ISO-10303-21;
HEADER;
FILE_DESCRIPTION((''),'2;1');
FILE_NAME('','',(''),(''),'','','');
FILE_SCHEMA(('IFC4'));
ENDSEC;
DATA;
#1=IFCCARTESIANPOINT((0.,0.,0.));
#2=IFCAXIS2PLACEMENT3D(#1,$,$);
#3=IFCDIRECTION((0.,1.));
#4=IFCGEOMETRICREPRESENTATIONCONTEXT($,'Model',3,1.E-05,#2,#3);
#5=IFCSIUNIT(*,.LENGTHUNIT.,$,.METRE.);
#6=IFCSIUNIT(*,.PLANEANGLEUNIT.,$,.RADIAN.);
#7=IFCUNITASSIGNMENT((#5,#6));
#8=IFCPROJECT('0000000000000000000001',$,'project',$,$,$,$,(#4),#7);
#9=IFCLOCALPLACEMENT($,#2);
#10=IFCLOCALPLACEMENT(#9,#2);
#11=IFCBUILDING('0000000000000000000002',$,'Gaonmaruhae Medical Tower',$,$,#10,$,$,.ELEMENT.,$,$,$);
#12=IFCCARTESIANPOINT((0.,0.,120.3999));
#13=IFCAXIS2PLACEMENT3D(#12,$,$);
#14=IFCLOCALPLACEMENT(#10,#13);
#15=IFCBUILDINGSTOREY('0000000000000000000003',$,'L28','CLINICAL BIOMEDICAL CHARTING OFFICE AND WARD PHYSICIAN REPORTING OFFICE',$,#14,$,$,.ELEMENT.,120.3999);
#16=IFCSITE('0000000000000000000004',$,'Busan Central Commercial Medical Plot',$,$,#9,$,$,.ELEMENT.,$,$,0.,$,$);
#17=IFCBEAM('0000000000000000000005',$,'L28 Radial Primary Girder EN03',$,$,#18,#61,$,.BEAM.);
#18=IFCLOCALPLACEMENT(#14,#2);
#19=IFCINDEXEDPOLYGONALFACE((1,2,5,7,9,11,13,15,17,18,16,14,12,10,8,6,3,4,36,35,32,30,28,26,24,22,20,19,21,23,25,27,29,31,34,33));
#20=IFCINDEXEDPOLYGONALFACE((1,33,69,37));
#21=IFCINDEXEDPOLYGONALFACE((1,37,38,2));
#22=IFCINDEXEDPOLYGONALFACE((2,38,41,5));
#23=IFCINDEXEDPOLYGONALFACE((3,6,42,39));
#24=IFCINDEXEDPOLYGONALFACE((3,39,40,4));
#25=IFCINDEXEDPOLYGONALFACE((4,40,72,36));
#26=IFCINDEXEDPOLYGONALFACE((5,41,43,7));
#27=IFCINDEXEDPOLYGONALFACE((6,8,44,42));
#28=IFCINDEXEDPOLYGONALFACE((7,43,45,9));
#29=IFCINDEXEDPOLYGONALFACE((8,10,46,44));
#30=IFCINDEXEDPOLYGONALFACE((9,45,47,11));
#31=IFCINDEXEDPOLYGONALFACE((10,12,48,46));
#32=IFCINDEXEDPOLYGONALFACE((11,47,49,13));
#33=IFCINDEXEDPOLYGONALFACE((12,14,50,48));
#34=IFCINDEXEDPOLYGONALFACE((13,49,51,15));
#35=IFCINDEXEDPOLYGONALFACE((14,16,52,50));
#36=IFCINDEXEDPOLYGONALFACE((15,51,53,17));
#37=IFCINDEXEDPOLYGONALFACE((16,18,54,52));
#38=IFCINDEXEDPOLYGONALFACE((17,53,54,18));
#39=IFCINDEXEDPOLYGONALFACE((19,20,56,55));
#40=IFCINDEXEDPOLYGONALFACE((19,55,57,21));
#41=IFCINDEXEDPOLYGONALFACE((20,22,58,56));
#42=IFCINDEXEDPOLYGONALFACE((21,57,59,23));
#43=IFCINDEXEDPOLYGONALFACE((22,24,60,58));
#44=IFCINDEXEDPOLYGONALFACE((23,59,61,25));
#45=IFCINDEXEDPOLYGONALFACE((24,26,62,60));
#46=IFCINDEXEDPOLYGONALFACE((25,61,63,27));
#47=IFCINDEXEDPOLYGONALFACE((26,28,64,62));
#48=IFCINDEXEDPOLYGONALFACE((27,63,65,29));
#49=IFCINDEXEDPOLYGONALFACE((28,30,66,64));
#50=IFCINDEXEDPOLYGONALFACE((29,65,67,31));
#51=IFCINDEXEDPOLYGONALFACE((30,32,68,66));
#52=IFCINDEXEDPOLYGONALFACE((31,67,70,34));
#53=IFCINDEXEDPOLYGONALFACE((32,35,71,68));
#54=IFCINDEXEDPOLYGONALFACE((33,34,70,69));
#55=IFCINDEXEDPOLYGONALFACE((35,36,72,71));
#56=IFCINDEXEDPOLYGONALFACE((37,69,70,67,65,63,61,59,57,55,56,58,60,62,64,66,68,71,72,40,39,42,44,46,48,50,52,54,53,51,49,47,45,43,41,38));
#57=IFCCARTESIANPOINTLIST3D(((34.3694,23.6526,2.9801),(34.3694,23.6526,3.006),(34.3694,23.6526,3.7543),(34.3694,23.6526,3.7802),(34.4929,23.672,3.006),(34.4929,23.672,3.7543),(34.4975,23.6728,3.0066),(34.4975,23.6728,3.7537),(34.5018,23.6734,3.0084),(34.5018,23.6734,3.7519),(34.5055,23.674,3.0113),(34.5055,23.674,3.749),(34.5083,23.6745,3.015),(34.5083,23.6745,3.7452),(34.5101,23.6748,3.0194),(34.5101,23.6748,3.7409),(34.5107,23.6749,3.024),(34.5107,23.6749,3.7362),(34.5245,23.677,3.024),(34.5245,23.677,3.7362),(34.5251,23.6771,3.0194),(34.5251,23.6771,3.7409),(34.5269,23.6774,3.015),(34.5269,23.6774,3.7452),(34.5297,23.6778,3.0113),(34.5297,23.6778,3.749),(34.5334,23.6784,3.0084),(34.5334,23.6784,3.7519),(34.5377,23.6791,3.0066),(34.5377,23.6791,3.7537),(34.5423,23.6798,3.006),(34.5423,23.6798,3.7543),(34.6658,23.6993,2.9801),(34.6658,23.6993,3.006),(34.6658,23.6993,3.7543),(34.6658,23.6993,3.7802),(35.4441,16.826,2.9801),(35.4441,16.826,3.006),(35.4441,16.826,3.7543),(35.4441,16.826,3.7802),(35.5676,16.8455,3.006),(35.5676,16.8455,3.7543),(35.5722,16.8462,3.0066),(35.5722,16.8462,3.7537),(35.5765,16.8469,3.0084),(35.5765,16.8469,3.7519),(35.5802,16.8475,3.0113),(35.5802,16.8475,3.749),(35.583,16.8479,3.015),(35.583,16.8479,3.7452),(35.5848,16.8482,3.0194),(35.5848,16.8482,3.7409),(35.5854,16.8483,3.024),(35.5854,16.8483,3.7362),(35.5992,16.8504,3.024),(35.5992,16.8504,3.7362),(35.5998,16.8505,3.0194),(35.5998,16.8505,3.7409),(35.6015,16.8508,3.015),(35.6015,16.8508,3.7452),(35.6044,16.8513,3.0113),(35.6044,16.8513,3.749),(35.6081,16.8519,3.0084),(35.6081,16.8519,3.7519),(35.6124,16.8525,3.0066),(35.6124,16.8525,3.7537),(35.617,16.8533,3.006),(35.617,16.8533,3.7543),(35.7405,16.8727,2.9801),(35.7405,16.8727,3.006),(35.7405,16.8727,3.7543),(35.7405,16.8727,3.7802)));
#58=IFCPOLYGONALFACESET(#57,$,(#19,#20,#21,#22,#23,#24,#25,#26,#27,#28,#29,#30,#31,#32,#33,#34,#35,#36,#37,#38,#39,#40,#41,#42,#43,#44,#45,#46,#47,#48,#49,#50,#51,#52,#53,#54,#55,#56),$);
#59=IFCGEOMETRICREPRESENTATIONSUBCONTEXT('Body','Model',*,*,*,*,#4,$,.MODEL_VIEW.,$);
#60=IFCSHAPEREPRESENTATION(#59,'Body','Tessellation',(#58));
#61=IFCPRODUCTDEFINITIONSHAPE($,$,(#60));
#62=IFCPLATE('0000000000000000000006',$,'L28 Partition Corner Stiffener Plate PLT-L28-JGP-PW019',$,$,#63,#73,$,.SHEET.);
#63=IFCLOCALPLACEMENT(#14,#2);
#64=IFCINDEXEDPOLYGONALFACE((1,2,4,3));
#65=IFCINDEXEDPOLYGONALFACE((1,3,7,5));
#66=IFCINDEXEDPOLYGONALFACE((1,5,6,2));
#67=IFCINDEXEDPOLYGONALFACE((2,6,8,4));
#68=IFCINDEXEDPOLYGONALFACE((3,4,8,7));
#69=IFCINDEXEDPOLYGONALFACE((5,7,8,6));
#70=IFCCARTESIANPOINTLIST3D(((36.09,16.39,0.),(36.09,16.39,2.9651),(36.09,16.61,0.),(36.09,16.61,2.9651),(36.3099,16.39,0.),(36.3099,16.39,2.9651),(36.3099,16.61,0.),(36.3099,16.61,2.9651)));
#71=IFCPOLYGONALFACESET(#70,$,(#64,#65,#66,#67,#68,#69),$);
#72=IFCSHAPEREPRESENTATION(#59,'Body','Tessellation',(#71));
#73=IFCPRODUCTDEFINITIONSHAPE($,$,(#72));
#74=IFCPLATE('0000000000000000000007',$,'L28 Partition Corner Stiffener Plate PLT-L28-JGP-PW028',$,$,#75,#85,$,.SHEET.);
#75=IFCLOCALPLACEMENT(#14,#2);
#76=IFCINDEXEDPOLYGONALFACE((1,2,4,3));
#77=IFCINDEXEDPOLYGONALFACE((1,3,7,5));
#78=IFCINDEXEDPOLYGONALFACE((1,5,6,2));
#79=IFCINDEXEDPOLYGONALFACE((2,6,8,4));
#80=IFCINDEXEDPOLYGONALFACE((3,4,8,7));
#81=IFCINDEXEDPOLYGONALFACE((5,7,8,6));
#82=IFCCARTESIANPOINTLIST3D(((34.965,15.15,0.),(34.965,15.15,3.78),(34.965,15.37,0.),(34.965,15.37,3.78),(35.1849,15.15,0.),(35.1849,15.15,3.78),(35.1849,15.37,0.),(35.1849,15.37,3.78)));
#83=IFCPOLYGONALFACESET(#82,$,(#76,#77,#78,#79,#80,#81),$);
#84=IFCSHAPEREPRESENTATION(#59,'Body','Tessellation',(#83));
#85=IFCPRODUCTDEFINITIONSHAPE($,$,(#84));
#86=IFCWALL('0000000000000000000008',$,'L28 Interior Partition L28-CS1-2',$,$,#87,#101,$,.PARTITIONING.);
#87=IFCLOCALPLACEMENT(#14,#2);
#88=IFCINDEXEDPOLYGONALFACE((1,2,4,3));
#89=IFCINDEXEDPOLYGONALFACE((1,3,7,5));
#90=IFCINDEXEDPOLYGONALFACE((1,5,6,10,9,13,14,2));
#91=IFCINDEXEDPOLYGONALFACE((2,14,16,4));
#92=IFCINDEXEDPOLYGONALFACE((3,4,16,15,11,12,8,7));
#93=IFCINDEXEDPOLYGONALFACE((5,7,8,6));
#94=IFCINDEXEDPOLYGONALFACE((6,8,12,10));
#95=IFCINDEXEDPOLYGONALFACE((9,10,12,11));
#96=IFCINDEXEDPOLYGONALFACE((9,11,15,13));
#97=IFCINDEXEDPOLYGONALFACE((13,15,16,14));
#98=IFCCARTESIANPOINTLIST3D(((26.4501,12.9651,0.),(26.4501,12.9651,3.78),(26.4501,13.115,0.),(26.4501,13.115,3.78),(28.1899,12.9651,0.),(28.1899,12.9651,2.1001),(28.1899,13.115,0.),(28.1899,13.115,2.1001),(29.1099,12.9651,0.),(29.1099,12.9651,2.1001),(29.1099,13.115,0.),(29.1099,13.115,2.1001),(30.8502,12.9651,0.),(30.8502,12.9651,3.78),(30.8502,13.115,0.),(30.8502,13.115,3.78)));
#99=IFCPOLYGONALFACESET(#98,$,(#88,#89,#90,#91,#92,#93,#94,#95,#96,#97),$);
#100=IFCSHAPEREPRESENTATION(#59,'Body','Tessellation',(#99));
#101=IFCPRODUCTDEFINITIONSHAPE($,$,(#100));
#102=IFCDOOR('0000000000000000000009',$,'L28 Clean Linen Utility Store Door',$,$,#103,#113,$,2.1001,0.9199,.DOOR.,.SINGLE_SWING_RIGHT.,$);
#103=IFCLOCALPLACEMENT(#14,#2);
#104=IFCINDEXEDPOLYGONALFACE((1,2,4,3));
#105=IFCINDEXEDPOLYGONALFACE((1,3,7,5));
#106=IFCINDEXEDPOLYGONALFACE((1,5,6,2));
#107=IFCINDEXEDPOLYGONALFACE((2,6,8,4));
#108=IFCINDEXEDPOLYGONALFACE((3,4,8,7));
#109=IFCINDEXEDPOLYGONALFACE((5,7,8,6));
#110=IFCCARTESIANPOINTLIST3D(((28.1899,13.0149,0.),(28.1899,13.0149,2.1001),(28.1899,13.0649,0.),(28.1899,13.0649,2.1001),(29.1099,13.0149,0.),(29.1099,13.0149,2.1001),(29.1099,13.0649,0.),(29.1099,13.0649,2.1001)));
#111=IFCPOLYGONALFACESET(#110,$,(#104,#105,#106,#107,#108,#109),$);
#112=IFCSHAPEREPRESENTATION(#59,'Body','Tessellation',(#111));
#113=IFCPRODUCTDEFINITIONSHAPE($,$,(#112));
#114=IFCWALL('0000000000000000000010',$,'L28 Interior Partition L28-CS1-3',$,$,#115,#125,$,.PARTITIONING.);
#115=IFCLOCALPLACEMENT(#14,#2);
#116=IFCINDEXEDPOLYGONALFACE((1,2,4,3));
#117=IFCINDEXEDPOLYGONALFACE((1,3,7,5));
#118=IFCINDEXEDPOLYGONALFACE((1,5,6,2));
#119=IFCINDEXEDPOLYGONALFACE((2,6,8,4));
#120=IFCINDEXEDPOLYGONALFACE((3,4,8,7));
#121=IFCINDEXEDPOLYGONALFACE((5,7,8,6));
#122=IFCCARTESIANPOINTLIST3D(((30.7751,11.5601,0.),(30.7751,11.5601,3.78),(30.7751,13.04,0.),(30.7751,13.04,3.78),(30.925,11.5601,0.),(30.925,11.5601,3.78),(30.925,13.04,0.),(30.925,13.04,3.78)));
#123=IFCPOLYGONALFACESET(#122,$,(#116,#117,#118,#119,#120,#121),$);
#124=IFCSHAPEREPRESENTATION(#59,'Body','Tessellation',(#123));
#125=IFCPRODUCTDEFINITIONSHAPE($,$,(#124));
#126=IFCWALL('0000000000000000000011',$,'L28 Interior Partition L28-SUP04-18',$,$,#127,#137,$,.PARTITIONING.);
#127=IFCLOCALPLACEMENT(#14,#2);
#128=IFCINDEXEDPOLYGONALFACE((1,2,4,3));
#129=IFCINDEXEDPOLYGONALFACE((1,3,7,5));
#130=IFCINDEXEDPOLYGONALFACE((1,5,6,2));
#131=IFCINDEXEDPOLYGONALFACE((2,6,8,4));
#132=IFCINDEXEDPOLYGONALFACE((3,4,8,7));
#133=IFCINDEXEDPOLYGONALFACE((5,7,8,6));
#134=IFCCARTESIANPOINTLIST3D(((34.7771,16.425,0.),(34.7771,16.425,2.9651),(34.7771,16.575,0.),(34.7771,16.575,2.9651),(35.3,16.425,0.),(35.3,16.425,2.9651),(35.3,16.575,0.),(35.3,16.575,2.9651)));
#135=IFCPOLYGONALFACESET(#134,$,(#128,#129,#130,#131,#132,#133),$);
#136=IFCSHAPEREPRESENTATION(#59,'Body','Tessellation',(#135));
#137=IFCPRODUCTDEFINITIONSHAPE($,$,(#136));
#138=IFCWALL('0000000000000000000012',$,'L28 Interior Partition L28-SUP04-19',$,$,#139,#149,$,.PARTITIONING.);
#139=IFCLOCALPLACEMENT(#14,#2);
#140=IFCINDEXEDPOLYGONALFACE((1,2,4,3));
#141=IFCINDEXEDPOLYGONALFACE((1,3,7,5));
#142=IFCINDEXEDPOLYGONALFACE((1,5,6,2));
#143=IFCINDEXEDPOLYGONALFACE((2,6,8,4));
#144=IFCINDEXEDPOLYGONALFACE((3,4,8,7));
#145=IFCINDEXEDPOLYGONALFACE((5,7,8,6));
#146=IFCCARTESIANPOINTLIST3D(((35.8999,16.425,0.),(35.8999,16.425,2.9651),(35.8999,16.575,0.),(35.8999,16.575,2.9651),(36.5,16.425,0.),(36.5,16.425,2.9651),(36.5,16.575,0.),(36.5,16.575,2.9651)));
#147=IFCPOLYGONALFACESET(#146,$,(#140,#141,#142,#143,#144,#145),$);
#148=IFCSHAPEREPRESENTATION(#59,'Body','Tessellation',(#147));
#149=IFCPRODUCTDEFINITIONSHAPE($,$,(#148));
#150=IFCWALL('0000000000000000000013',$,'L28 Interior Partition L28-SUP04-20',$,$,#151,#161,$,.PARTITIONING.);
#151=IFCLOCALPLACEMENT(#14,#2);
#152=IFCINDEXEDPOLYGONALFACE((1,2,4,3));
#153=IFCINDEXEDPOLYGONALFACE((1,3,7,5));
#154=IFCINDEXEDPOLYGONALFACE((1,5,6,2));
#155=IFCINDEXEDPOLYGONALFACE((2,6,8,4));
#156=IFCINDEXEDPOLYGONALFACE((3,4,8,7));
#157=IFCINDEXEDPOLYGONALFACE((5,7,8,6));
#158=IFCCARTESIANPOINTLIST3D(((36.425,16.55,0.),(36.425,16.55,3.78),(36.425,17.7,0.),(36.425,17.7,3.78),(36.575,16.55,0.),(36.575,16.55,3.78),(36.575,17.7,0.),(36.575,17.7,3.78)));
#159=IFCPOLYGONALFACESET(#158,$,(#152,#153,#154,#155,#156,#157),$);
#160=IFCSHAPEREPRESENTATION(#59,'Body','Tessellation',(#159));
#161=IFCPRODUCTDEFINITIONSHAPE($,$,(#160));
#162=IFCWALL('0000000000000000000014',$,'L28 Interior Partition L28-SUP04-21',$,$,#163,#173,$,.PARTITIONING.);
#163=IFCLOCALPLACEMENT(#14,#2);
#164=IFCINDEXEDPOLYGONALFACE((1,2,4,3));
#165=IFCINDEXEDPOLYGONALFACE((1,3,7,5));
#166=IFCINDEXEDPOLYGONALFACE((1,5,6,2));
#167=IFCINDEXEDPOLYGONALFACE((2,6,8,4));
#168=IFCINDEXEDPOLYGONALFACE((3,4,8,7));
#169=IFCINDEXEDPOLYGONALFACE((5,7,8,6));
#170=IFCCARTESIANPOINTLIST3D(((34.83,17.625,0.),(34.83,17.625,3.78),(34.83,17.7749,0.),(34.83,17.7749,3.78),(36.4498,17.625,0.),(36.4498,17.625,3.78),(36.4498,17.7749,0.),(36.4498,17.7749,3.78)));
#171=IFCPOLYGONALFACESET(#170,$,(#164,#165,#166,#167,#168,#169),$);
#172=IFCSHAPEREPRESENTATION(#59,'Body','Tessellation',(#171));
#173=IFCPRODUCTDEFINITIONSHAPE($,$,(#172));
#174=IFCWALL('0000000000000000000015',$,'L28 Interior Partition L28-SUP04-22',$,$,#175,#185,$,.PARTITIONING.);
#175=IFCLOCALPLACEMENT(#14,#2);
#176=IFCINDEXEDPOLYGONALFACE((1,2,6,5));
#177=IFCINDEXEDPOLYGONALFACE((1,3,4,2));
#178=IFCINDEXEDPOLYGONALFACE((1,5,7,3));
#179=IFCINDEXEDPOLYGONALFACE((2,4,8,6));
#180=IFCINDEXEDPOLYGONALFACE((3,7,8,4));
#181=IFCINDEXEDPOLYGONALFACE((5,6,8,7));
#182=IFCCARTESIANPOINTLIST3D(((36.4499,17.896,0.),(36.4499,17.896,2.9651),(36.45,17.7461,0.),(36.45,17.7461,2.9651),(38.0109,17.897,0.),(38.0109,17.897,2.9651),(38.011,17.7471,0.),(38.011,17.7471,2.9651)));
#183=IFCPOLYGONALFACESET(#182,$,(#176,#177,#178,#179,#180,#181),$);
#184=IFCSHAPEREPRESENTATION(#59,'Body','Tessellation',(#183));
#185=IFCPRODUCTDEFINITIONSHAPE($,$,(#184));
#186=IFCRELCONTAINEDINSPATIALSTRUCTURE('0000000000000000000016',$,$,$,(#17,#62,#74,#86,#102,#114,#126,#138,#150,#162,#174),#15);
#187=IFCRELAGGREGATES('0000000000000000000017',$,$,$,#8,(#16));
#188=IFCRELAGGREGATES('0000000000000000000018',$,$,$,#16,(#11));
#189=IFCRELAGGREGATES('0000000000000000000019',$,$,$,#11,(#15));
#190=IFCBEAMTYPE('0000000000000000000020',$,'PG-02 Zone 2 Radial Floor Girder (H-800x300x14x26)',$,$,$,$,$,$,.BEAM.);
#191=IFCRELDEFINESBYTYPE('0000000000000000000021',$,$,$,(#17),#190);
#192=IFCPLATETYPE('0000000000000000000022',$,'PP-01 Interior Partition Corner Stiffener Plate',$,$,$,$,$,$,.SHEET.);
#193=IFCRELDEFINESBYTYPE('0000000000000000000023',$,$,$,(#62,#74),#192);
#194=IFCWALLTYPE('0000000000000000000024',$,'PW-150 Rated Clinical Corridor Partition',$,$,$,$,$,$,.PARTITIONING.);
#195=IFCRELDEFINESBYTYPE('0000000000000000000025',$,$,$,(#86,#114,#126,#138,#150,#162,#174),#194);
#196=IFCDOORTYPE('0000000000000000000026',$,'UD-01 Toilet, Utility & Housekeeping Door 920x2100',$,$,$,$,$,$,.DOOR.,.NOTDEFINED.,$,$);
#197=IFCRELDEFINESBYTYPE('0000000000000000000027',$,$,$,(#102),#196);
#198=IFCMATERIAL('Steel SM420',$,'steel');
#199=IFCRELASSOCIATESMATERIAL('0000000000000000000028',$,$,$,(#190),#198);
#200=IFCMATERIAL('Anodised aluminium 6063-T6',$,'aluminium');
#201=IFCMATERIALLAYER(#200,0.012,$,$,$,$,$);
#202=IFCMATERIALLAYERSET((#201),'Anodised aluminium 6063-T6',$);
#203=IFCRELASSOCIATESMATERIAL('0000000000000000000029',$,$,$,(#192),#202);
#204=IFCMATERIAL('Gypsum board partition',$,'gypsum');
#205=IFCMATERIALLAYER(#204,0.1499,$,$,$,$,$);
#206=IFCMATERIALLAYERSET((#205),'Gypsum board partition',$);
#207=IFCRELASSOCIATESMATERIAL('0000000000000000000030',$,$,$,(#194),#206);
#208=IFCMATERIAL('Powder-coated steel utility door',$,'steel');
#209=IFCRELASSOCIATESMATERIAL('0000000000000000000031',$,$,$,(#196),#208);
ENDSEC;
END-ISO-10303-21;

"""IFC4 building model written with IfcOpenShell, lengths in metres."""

from ifc_helpers import new_model, si_unit, direction, frame, frame_2d, origin, origin_2d, place, context, subcontext, project, spatial, rectangle, i_section, extrude, material, layer, layer_set, material_profile, profile_set, type_object, element, fill, save


model = new_model("IFC4")

# Units and contexts
model_context = context("Model", 3, precision=1e-05, world=origin(), true_north=direction((0.0, 1.0)))
body_context = subcontext(model_context, "Body", "Model", "MODEL_VIEW")
ifc_project = project(units=[si_unit("LENGTHUNIT", "METRE"), si_unit("PLANEANGLEUNIT", "RADIAN")], contexts=[model_context])

# Site, building, storey
site_placement = place(None, origin())
site = spatial("IfcSite", under=ifc_project, at=site_placement, Name="Busan Central Commercial Medical Plot", CompositionType="ELEMENT", RefElevation=0.0)
building_placement = place(site_placement, origin())
building = spatial("IfcBuilding", under=site, at=building_placement, Name="Gaonmaruhae Medical Tower", CompositionType="ELEMENT")
storey_placement = place(building_placement, frame((0.0, 0.0, 120.3999)))
storey = spatial("IfcBuildingStorey", under=building, at=storey_placement, Name="L28", Description="CLINICAL BIOMEDICAL CHARTING OFFICE AND WARD PHYSICIAN REPORTING OFFICE", CompositionType="ELEMENT", Elevation=120.3999)

# Beam
ifc_material_1 = material(Name="Steel SM420", Category="steel")
ifc_material_profile_1 = material_profile(ifc_material_1, i_section(OverallWidth=0.3, OverallDepth=0.8, WebThickness=0.0139, FlangeThickness=0.0259, FilletRadius=0.0181, at=origin_2d()), Name="H-800x300x14x26")
ifc_profile_set_1 = profile_set([ifc_material_profile_1], Name="Steel SM420")
beam_type = type_object("IfcBeamType", Name="PG-02 Zone 2 Radial Floor Girder (H-800x300x14x26)", PredefinedType="BEAM", material=ifc_profile_set_1)
beam_1_placement = place(storey_placement, frame((35.5923, 16.8494, 3.3801), z_axis=(-0.155513, 0.987834, 0.0), x_axis=(-0.987834, -0.155513, 0.0)))
element("IfcBeam", 1, at=beam_1_placement, inside=storey, type_object=beam_type, Name="L28 Radial Primary Girder EN03", PredefinedType="BEAM", context=body_context, shape_type="SweptSolid", body=[
    extrude(i_section(OverallWidth=0.3, OverallDepth=0.8, WebThickness=0.0139, FlangeThickness=0.0259, FilletRadius=0.0181, at=origin_2d()), origin(), (0.0, 0.0, 1.0), 6.9106),
])

# Plates
ifc_material_2 = material(Name="Anodised aluminium 6063-T6", Category="aluminium")
ifc_layer_1 = layer(ifc_material_2, 0.012)
ifc_layer_set_1 = layer_set([ifc_layer_1], Name="Anodised aluminium 6063-T6")
plate_type = type_object("IfcPlateType", Name="PP-01 Interior Partition Corner Stiffener Plate", PredefinedType="SHEET", material=ifc_layer_set_1)
plate_1_placement = place(storey_placement, frame((36.2, 16.5, 0.0), z_axis=(0.0, 0.0, 1.0), x_axis=(1.0, 0.0, 0.0)))
element("IfcPlate", 2, at=plate_1_placement, inside=storey, type_object=plate_type, Name="L28 Partition Corner Stiffener Plate PLT-L28-JGP-PW019", PredefinedType="SHEET", context=body_context, shape_type="SweptSolid", body=[
    extrude(rectangle(XDim=0.22, YDim=0.22, at=origin_2d()), origin(), (0.0, 0.0, 1.0), 2.9651),
])
plate_2_placement = place(storey_placement, frame((35.075, 15.26, 0.0), z_axis=(0.0, 0.0, 1.0), x_axis=(-1.0, 0.0, 0.0)))
element("IfcPlate", 3, at=plate_2_placement, inside=storey, type_object=plate_type, Name="L28 Partition Corner Stiffener Plate PLT-L28-JGP-PW028", PredefinedType="SHEET", context=body_context, shape_type="SweptSolid", body=[
    extrude(rectangle(XDim=0.22, YDim=0.22, at=origin_2d()), origin(), (0.0, 0.0, 1.0), 3.78),
])

# Wall, opening, door
ifc_material_3 = material(Name="Gypsum board partition", Category="gypsum")
ifc_layer_2 = layer(ifc_material_3, 0.1499)
ifc_layer_set_2 = layer_set([ifc_layer_2], Name="Gypsum board partition")
wall_type_1 = type_object("IfcWallType", Name="PW-150 Rated Clinical Corridor Partition", PredefinedType="PARTITIONING", material=ifc_layer_set_2)
wall_1_placement = place(storey_placement, frame((26.45, 13.04, 0.0), z_axis=(0.0, 0.0, 1.0), x_axis=(1.0, 0.0, 0.0)))
wall_1 = element("IfcWall", 4, at=wall_1_placement, inside=storey, type_object=wall_type_1, Name="L28 Interior Partition L28-CS1-2", PredefinedType="PARTITIONING", context=body_context, shape_type="SweptSolid", body=[
    extrude(rectangle(XDim=4.4001, YDim=0.1499, at=frame_2d((2.2002, 0.0))), origin(), (0.0, 0.0, 1.0), 3.78),
])
opening_1_placement = place(wall_1_placement, frame((1.74, 0.0, 0.0)))
opening_1 = element("IfcOpeningElement", 5, at=opening_1_placement, cuts=wall_1, PredefinedType="OPENING", context=body_context, shape_type="SweptSolid", body=[
    extrude(rectangle(XDim=0.9199, YDim=2.1001, at=frame_2d((0.46, 1.05))), frame((0.0, 0.085, 0.0), z_axis=(0.0, -1.0, 0.0), x_axis=(1.0, 0.0, 0.0)), (0.0, 0.0, 1.0), 0.1699),
])
ifc_material_4 = material(Name="Powder-coated steel utility door", Category="steel")
door_type_1 = type_object("IfcDoorType", Name="UD-01 Toilet, Utility & Housekeeping Door 920x2100", OperationType="NOTDEFINED", PredefinedType="DOOR", material=ifc_material_4)
door_1_placement = place(opening_1_placement, origin())
door_1 = element("IfcDoor", 6, at=door_1_placement, inside=storey, type_object=door_type_1, Name="L28 Clean Linen Utility Store Door", OperationType="SINGLE_SWING_RIGHT", OverallHeight=2.1001, OverallWidth=0.9199, PredefinedType="DOOR", context=body_context, shape_type="SweptSolid", body=[
    extrude(rectangle(XDim=0.9199, YDim=2.1001, at=frame_2d((0.46, 1.05))), frame((0.0, 0.0249, 0.0), z_axis=(0.0, -1.0, 0.0), x_axis=(1.0, 0.0, 0.0)), (0.0, 0.0, 1.0), 0.05),
])
fill(opening_1, door_1)

# Walls
wall_2_placement = place(storey_placement, frame((30.8501, 13.04, 0.0), z_axis=(0.0, 0.0, 1.0), x_axis=(0.0, -1.0, 0.0)))
element("IfcWall", 7, at=wall_2_placement, inside=storey, type_object=wall_type_1, Name="L28 Interior Partition L28-CS1-3", PredefinedType="PARTITIONING", context=body_context, shape_type="SweptSolid", body=[
    extrude(rectangle(XDim=1.48, YDim=0.1499, at=frame_2d((0.74, 0.0))), origin(), (0.0, 0.0, 1.0), 3.78),
])
wall_3_placement = place(storey_placement, frame((34.7771, 16.5, 0.0), z_axis=(0.0, 0.0, 1.0), x_axis=(1.0, 0.0, 0.0)))
element("IfcWall", 8, at=wall_3_placement, inside=storey, type_object=wall_type_1, Name="L28 Interior Partition L28-SUP04-18", PredefinedType="PARTITIONING", context=body_context, shape_type="SweptSolid", body=[
    extrude(rectangle(XDim=0.5229, YDim=0.1499, at=frame_2d((0.2615, 0.0))), origin(), (0.0, 0.0, 1.0), 2.9651),
])
wall_4_placement = place(storey_placement, frame((35.8999, 16.5, 0.0), z_axis=(0.0, 0.0, 1.0), x_axis=(1.0, 0.0, 0.0)))
element("IfcWall", 9, at=wall_4_placement, inside=storey, type_object=wall_type_1, Name="L28 Interior Partition L28-SUP04-19", PredefinedType="PARTITIONING", context=body_context, shape_type="SweptSolid", body=[
    extrude(rectangle(XDim=0.6001, YDim=0.1499, at=frame_2d((0.3, 0.0))), origin(), (0.0, 0.0, 1.0), 2.9651),
])
wall_5_placement = place(storey_placement, frame((36.5, 16.55, 0.0), z_axis=(0.0, 0.0, 1.0), x_axis=(0.0, 1.0, 0.0)))
element("IfcWall", 10, at=wall_5_placement, inside=storey, type_object=wall_type_1, Name="L28 Interior Partition L28-SUP04-20", PredefinedType="PARTITIONING", context=body_context, shape_type="SweptSolid", body=[
    extrude(rectangle(XDim=1.1499, YDim=0.1499, at=frame_2d((0.575, 0.0))), origin(), (0.0, 0.0, 1.0), 3.78),
])
wall_6_placement = place(storey_placement, frame((36.45, 17.7, 0.0), z_axis=(0.0, 0.0, 1.0), x_axis=(-1.0, 0.0, 0.0)))
element("IfcWall", 11, at=wall_6_placement, inside=storey, type_object=wall_type_1, Name="L28 Interior Partition L28-SUP04-21", PredefinedType="PARTITIONING", context=body_context, shape_type="SweptSolid", body=[
    extrude(rectangle(XDim=1.6199, YDim=0.1499, at=frame_2d((0.8101, 0.0))), origin(), (0.0, 0.0, 1.0), 3.78),
])
wall_7_placement = place(storey_placement, frame((36.45, 17.821, 0.0), z_axis=(0.0, 0.0, 1.0), x_axis=(1.0, 0.000626, 0.0)))
element("IfcWall", 12, at=wall_7_placement, inside=storey, type_object=wall_type_1, Name="L28 Interior Partition L28-SUP04-22", PredefinedType="PARTITIONING", context=body_context, shape_type="SweptSolid", body=[
    extrude(rectangle(XDim=1.561, YDim=0.1499, at=frame_2d((0.7805, 0.0))), origin(), (0.0, 0.0, 1.0), 2.9651),
])

save(model, "model.ifc")
